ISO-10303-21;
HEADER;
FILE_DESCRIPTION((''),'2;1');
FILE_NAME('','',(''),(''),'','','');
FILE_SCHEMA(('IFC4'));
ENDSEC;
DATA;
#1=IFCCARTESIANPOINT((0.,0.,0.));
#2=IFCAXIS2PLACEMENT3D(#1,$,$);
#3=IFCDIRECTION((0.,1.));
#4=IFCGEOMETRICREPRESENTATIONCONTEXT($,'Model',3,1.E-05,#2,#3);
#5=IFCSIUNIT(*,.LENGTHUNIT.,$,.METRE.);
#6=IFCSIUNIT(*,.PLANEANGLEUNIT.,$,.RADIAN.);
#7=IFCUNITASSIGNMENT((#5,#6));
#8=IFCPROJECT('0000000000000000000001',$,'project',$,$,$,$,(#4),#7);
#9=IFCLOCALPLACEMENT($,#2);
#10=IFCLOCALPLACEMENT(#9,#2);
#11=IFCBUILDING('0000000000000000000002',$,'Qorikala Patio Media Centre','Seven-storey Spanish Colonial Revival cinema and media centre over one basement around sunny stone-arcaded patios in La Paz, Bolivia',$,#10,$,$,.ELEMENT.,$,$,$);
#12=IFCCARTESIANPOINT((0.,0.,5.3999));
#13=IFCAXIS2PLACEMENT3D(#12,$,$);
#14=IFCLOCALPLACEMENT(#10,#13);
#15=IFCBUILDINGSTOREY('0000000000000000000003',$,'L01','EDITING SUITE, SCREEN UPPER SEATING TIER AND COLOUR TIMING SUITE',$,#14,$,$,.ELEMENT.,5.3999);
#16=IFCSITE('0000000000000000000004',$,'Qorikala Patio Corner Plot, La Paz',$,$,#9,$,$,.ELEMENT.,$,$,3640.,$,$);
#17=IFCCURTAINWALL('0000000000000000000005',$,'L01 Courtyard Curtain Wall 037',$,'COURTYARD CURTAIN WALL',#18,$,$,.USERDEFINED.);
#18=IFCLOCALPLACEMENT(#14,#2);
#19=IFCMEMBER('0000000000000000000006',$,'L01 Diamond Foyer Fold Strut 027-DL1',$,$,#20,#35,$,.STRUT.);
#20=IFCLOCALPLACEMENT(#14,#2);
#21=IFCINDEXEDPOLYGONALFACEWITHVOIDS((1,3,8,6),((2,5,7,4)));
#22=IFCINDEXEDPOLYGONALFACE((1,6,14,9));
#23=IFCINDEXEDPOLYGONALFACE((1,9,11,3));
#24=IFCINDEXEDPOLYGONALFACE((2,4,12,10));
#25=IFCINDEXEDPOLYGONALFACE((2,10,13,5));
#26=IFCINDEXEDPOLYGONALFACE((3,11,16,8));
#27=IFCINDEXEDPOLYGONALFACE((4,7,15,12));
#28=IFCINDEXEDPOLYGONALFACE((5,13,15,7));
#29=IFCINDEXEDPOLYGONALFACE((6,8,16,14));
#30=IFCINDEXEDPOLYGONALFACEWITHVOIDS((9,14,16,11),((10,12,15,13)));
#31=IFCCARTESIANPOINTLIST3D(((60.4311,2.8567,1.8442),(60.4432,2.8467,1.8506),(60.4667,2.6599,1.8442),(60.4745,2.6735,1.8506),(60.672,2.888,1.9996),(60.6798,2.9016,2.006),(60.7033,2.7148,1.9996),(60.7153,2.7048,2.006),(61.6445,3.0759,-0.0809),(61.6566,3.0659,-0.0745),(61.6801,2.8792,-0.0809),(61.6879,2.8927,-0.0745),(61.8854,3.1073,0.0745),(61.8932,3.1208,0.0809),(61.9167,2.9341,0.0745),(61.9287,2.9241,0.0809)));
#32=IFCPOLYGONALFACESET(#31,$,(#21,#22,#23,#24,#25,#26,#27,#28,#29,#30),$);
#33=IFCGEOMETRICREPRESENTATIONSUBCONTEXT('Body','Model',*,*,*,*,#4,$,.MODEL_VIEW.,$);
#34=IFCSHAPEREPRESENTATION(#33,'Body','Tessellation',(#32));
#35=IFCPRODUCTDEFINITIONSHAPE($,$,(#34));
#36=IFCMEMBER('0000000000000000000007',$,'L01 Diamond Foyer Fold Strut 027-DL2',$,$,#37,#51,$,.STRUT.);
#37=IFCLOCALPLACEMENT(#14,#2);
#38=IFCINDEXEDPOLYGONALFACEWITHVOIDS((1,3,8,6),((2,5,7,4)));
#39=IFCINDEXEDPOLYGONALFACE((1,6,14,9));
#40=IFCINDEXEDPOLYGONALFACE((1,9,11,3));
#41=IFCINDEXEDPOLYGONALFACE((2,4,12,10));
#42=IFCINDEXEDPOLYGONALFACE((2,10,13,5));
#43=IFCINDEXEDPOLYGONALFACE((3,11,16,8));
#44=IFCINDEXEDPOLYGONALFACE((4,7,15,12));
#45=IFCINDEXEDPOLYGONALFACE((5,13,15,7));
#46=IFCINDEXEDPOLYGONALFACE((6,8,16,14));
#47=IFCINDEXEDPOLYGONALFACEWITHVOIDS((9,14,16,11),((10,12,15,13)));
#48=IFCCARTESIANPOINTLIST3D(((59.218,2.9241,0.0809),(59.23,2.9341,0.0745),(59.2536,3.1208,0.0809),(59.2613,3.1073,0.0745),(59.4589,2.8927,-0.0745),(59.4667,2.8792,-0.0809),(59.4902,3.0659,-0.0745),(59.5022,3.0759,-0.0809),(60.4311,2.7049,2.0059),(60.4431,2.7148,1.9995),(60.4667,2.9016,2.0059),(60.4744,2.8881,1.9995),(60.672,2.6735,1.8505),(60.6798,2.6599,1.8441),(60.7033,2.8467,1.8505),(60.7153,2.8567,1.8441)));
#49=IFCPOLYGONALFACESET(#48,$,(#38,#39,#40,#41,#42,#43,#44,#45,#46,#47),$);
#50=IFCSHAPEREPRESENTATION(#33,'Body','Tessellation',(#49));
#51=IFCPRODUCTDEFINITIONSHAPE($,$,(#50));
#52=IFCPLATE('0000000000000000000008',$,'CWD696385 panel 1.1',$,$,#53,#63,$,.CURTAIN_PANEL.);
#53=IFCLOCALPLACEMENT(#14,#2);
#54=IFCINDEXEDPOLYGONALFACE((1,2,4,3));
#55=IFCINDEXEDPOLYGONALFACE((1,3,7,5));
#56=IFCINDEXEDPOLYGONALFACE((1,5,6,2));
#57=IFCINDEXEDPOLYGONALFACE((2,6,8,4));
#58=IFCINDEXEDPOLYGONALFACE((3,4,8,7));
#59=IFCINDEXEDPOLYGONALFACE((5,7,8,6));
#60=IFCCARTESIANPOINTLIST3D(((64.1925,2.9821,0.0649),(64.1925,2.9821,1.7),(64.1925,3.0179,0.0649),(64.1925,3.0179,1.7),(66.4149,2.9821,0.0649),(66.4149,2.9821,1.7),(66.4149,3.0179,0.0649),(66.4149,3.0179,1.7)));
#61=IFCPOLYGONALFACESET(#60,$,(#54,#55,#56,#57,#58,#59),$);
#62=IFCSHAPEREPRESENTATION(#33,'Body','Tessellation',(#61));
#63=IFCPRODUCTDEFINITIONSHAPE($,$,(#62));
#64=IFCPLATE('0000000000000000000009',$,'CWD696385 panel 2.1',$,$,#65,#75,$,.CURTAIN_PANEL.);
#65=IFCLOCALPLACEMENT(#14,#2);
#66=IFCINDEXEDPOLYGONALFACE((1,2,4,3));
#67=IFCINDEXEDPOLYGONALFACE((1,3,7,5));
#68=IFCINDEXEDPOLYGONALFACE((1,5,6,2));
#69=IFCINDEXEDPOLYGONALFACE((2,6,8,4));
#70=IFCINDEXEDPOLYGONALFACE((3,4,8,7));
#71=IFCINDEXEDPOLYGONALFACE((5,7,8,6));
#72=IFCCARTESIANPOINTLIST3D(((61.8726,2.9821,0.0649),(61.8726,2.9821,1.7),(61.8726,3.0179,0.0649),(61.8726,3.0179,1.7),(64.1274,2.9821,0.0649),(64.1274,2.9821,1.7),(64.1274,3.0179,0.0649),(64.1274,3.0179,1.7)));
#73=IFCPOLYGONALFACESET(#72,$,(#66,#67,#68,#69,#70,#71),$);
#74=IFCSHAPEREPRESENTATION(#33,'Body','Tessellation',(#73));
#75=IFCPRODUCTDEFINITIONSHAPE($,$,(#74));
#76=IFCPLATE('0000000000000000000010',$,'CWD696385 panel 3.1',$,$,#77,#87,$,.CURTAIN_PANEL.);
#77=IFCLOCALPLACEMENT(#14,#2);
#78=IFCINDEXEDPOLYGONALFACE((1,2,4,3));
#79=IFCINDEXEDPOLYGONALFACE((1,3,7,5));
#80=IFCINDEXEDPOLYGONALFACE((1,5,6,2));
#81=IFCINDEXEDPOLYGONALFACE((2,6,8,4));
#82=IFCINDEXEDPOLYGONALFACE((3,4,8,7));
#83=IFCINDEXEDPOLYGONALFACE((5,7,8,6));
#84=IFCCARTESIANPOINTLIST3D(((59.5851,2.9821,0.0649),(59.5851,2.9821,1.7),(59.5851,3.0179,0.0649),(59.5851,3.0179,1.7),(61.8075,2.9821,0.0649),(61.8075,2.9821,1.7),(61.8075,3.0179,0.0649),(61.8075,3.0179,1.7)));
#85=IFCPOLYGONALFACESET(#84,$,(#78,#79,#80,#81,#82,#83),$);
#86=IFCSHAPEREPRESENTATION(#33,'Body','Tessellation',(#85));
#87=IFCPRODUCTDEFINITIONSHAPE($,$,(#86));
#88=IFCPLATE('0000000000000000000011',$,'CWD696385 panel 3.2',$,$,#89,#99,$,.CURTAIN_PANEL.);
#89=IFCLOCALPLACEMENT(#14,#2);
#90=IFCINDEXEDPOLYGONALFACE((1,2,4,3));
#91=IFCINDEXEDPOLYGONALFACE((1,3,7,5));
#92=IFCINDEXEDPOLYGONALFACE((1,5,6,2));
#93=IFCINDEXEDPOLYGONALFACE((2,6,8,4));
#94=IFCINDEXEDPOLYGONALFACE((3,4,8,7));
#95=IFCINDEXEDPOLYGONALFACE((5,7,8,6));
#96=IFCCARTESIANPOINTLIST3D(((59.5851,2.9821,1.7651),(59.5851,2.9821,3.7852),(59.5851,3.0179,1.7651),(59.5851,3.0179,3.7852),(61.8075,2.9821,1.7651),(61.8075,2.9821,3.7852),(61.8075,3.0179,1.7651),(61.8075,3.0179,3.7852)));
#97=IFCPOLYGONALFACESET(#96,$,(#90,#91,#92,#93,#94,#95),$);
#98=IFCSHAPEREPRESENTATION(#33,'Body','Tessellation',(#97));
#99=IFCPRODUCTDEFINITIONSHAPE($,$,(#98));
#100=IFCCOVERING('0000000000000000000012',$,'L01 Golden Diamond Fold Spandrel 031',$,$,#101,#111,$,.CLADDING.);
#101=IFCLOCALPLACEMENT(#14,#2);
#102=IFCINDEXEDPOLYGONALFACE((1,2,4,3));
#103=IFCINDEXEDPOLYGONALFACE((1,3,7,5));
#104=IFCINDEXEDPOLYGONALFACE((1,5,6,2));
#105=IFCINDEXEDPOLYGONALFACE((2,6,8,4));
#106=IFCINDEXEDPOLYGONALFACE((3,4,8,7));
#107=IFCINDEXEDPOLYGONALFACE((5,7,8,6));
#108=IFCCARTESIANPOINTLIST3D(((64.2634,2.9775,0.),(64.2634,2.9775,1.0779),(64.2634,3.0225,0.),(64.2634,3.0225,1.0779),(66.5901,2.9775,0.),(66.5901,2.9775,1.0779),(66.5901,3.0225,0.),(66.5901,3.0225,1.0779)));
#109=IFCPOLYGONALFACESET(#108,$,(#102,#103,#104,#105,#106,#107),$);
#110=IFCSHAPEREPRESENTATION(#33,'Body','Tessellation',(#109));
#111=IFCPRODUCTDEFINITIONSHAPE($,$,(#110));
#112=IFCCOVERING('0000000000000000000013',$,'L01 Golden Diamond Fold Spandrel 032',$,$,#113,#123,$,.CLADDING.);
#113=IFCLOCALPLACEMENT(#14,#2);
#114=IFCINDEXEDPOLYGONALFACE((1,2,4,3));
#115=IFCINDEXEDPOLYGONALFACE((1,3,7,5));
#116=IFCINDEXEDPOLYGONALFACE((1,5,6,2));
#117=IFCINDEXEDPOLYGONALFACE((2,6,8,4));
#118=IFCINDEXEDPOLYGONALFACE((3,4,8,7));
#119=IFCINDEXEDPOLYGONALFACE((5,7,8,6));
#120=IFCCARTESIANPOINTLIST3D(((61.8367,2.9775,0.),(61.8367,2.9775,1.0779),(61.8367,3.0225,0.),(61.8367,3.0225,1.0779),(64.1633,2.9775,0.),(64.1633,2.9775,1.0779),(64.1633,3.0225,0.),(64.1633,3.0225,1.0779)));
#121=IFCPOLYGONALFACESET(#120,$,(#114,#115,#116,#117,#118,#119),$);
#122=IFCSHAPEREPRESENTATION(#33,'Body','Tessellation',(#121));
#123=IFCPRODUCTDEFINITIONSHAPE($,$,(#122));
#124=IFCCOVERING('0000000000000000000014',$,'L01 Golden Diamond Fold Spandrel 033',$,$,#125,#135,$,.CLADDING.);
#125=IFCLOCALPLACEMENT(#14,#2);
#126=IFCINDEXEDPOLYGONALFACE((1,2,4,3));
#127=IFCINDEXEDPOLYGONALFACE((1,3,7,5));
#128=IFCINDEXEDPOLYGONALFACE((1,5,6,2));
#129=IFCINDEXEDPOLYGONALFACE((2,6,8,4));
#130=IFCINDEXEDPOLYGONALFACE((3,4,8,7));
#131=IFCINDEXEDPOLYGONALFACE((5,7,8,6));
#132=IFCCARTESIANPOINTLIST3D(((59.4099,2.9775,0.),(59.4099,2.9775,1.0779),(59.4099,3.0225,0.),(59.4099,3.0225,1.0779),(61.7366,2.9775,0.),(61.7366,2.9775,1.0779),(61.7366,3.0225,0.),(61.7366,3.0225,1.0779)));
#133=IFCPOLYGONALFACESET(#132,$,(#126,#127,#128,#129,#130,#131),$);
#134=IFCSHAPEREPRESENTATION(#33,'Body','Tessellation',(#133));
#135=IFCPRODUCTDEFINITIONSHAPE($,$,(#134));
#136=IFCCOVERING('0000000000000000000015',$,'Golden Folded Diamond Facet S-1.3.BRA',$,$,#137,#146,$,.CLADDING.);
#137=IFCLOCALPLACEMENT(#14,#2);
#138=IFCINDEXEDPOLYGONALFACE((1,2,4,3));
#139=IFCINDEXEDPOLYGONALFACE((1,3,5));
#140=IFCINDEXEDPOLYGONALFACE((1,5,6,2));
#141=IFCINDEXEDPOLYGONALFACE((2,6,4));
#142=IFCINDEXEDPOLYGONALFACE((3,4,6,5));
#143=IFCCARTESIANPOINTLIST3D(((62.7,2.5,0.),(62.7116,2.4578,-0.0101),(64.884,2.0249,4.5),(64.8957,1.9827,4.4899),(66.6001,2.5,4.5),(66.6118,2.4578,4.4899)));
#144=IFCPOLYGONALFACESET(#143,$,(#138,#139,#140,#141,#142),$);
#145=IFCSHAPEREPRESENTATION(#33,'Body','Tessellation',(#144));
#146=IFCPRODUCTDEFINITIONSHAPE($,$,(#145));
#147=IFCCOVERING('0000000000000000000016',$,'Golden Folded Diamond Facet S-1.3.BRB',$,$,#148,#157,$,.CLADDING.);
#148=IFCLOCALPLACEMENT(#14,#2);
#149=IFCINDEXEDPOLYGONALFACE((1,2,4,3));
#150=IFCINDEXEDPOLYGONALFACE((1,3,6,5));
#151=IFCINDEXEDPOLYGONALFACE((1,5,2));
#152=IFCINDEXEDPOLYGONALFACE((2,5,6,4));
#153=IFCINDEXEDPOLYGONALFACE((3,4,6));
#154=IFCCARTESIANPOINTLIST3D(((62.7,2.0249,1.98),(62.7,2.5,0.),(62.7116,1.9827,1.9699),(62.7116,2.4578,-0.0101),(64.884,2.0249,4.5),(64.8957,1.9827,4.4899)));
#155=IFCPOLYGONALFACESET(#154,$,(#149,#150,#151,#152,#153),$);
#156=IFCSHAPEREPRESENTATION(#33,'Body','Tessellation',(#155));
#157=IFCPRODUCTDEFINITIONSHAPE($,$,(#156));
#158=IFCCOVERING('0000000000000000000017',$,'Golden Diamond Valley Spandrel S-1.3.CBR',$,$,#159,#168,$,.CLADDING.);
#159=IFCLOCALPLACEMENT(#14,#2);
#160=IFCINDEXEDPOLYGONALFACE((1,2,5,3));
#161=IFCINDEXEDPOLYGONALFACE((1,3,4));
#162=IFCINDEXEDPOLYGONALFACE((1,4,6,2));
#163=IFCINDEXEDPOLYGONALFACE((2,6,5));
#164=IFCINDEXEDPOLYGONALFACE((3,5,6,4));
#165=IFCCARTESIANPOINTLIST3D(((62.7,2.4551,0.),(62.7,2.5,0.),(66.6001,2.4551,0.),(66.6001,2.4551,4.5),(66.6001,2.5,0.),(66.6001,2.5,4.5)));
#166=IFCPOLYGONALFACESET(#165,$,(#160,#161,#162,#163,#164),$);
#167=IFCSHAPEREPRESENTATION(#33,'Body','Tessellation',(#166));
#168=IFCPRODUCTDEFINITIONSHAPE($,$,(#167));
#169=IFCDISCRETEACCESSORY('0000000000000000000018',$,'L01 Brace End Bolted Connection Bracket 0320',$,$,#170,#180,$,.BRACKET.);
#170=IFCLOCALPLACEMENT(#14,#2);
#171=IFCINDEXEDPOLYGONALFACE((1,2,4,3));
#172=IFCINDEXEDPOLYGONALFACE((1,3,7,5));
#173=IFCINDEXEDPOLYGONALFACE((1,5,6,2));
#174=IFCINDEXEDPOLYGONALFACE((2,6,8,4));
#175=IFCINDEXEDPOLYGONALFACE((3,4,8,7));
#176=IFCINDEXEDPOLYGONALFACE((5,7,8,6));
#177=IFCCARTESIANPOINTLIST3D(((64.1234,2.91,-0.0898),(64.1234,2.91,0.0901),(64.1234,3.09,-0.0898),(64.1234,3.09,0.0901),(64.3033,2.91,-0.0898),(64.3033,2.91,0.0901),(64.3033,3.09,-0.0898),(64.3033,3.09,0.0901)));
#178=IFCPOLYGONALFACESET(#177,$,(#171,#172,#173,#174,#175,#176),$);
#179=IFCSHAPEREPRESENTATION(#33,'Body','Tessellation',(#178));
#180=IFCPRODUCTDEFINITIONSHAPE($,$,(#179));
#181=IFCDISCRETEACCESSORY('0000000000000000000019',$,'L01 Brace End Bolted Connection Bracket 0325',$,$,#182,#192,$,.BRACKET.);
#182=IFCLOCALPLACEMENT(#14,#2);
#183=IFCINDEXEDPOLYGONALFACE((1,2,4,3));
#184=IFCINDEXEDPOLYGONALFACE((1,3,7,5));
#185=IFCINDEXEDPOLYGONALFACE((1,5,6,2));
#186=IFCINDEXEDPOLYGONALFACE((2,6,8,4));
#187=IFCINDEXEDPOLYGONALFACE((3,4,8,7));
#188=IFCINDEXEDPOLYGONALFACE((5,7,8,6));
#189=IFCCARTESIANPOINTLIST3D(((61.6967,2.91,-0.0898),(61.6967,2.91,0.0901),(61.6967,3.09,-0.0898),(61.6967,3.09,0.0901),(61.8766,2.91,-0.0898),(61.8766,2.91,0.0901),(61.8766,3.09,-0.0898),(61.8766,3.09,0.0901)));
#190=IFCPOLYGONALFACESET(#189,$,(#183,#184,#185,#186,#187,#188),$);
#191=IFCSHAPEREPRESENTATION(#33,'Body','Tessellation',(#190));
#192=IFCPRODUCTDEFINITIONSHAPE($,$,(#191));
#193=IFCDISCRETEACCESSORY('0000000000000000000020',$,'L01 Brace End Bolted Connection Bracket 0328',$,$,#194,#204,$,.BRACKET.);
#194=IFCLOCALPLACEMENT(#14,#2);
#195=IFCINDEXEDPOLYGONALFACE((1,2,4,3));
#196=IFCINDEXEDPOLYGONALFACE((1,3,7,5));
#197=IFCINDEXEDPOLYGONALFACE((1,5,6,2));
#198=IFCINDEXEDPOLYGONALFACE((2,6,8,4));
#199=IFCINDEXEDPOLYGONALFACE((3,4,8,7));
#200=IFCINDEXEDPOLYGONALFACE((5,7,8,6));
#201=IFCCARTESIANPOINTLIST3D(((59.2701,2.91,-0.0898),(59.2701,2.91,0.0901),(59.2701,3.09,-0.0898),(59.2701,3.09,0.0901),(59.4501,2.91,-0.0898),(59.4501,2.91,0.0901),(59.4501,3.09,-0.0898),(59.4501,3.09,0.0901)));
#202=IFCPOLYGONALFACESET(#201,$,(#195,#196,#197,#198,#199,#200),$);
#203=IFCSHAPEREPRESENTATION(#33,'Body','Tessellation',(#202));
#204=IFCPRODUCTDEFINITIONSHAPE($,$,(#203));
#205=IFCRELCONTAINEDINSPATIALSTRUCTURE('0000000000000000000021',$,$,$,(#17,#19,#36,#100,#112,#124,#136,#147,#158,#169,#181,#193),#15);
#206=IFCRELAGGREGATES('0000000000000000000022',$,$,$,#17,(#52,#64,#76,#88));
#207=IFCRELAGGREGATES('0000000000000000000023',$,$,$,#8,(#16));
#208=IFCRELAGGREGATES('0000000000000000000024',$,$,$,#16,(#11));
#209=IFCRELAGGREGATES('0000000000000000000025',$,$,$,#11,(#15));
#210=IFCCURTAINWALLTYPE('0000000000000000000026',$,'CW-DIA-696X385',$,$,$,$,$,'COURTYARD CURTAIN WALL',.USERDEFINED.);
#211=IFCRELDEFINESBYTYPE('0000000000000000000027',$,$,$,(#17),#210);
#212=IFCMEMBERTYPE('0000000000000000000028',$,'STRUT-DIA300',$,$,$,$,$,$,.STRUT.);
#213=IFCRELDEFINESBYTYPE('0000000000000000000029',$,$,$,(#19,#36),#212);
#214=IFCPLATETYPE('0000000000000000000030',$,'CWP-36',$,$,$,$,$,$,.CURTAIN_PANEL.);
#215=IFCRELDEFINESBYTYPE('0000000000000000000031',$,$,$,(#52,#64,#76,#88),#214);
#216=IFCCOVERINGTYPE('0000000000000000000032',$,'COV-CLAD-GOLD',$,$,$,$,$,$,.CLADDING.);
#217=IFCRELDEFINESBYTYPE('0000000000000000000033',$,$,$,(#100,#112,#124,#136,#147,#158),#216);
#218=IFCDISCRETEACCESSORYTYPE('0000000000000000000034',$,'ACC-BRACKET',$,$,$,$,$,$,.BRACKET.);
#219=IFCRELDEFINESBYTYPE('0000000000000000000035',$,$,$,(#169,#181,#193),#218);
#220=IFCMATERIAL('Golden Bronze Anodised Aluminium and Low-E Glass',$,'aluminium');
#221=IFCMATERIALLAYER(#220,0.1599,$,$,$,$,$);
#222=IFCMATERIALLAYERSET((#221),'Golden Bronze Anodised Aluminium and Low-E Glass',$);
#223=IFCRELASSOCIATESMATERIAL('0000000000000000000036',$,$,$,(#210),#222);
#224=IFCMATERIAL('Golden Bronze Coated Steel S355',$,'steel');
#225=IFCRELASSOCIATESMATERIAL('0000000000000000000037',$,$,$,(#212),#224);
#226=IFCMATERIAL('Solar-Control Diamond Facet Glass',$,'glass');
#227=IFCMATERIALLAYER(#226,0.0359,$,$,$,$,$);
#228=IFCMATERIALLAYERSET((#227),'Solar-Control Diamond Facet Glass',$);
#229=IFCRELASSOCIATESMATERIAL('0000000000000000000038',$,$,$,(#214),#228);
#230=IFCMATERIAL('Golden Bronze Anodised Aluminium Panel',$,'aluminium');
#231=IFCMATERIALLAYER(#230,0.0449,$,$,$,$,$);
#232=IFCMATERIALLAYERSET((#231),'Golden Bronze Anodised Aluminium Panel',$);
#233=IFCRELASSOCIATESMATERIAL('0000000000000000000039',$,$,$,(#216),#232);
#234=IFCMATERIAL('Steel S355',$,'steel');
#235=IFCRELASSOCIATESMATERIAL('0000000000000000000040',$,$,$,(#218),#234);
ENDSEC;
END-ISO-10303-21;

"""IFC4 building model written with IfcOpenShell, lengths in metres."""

from ifc_helpers import new_model, si_unit, direction, frame, origin, origin_2d, place, context, subcontext, project, spatial, polyline, rectangle, hollow_rectangle, outline, extrude, material, layer, layer_set, material_profile, profile_set, type_object, element, aggregate, save


model = new_model("IFC4")

# Units and contexts
model_context = context("Model", 3, precision=1e-05, world=origin(), true_north=direction((0.0, 1.0)))
body_context = subcontext(model_context, "Body", "Model", "MODEL_VIEW")
ifc_project = project(units=[si_unit("LENGTHUNIT", "METRE"), si_unit("PLANEANGLEUNIT", "RADIAN")], contexts=[model_context])

# Site, building, storey
site_placement = place(None, origin())
site = spatial("IfcSite", under=ifc_project, at=site_placement, Name="Qorikala Patio Corner Plot, La Paz", CompositionType="ELEMENT", RefElevation=3640.0)
building_placement = place(site_placement, origin())
building = spatial("IfcBuilding", under=site, at=building_placement, Name="Qorikala Patio Media Centre", Description="Seven-storey Spanish Colonial Revival cinema and media centre over one basement around sunny stone-arcaded patios in La Paz, Bolivia", CompositionType="ELEMENT")
storey_placement = place(building_placement, frame((0.0, 0.0, 5.3999)))
storey = spatial("IfcBuildingStorey", under=building, at=storey_placement, Name="L01", Description="EDITING SUITE, SCREEN UPPER SEATING TIER AND COLOUR TIMING SUITE", CompositionType="ELEMENT", Elevation=5.3999)

# Curtain wall
ifc_material_1 = material(Name="Golden Bronze Anodised Aluminium and Low-E Glass", Category="aluminium")
ifc_layer_1 = layer(ifc_material_1, 0.1599)
ifc_layer_set_1 = layer_set([ifc_layer_1], Name="Golden Bronze Anodised Aluminium and Low-E Glass")
curtain_wall_type = type_object("IfcCurtainWallType", Name="CW-DIA-696X385", ElementType="COURTYARD CURTAIN WALL", PredefinedType="USERDEFINED", material=ifc_layer_set_1)
curtain_wall_placement = place(storey_placement, origin())
curtain_wall = element("IfcCurtainWall", 1, at=curtain_wall_placement, inside=storey, type_object=curtain_wall_type, Name="L01 Courtyard Curtain Wall 037", ObjectType="COURTYARD CURTAIN WALL", PredefinedType="USERDEFINED")

# Members
ifc_material_2 = material(Name="Golden Bronze Coated Steel S355", Category="steel")
ifc_material_profile_1 = material_profile(ifc_material_2, hollow_rectangle(XDim=0.2, YDim=0.3, WallThickness=0.012, at=origin_2d()), Name="HSS300X200X12")
ifc_profile_set_1 = profile_set([ifc_material_profile_1], Name="Golden Bronze Coated Steel S355")
member_type_1 = type_object("IfcMemberType", Name="STRUT-DIA300", PredefinedType="STRUT", material=ifc_profile_set_1)
for number, where, z_axis, x_axis, name in (
    (2, (61.7866, 3.0, 0.0), (-0.530768, -0.095901, 0.842074), (0.177805, -0.984066, 0.0), "L01 Diamond Foyer Fold Strut 027-DL1"),
):
    element("IfcMember", number, at=place(storey_placement, frame(where, z_axis=z_axis, x_axis=x_axis)), inside=storey, type_object=member_type_1, Name=name, PredefinedType="STRUT", context=body_context, shape_type="SweptSolid", body=[
        extrude(hollow_rectangle(XDim=0.2, YDim=0.3, WallThickness=0.012, at=origin_2d()), origin(), (0.0, 0.0, 1.0), 2.2861),
    ])
member_1_placement = place(storey_placement, frame((59.3601, 3.0, 0.0), z_axis=(0.530691, -0.095907, 0.842121), x_axis=(0.17784, 0.984059, 0.0)))
element("IfcMember", 3, at=member_1_placement, inside=storey, type_object=member_type_1, Name="L01 Diamond Foyer Fold Strut 027-DL2", PredefinedType="STRUT", context=body_context, shape_type="SweptSolid", body=[
    extrude(hollow_rectangle(XDim=0.2, YDim=0.3, WallThickness=0.012, at=origin_2d()), origin(), (0.0, 0.0, 1.0), 2.2859),
])

# Plates
ifc_material_3 = material(Name="Solar-Control Diamond Facet Glass", Category="glass")
ifc_layer_2 = layer(ifc_material_3, 0.0359)
ifc_layer_set_2 = layer_set([ifc_layer_2], Name="Solar-Control Diamond Facet Glass")
plate_type = type_object("IfcPlateType", Name="CWP-36", PredefinedType="CURTAIN_PANEL", material=ifc_layer_set_2)
plate_1_placement = place(storey_placement, frame((65.3037, 3.0, 0.0649), z_axis=(0.0, 0.0, 1.0), x_axis=(-1.0, 0.0, 0.0)))
plate_1 = element("IfcPlate", 4, at=plate_1_placement, type_object=plate_type, Name="CWD696385 panel 1.1", PredefinedType="CURTAIN_PANEL", context=body_context, shape_type="SweptSolid", body=[
    extrude(rectangle(XDim=2.2224, YDim=0.0359, at=origin_2d()), origin(), (0.0, 0.0, 1.0), 1.635),
])
plate_2_placement = place(storey_placement, frame((63.0, 3.0, 0.0649), z_axis=(0.0, 0.0, 1.0), x_axis=(-1.0, 0.0, 0.0)))
plate_2 = element("IfcPlate", 5, at=plate_2_placement, type_object=plate_type, Name="CWD696385 panel 2.1", PredefinedType="CURTAIN_PANEL", context=body_context, shape_type="SweptSolid", body=[
    extrude(rectangle(XDim=2.2549, YDim=0.0359, at=origin_2d()), origin(), (0.0, 0.0, 1.0), 1.635),
])
plate_3_placement = place(storey_placement, frame((60.6963, 3.0, 0.0649), z_axis=(0.0, 0.0, 1.0), x_axis=(-1.0, 0.0, 0.0)))
plate_3 = element("IfcPlate", 6, at=plate_3_placement, type_object=plate_type, Name="CWD696385 panel 3.1", PredefinedType="CURTAIN_PANEL", context=body_context, shape_type="SweptSolid", body=[
    extrude(rectangle(XDim=2.2224, YDim=0.0359, at=origin_2d()), origin(), (0.0, 0.0, 1.0), 1.635),
])
plate_4_placement = place(storey_placement, frame((60.6963, 3.0, 1.7651), z_axis=(0.0, 0.0, 1.0), x_axis=(-1.0, 0.0, 0.0)))
plate_4 = element("IfcPlate", 7, at=plate_4_placement, type_object=plate_type, Name="CWD696385 panel 3.2", PredefinedType="CURTAIN_PANEL", context=body_context, shape_type="SweptSolid", body=[
    extrude(rectangle(XDim=2.2224, YDim=0.0359, at=origin_2d()), origin(), (0.0, 0.0, 1.0), 2.02),
])
aggregate(curtain_wall, [plate_1, plate_2, plate_3, plate_4])

# Coverings
ifc_material_4 = material(Name="Golden Bronze Anodised Aluminium Panel", Category="aluminium")
ifc_layer_3 = layer(ifc_material_4, 0.0449)
ifc_layer_set_3 = layer_set([ifc_layer_3], Name="Golden Bronze Anodised Aluminium Panel")
covering_type = type_object("IfcCoveringType", Name="COV-CLAD-GOLD", PredefinedType="CLADDING", material=ifc_layer_set_3)
for number, where, z_axis, x_axis, name in (
    (8, (65.4268, 3.0, 0.0), (0.0, 0.0, 1.0), (-1.0, 0.0, 0.0), "L01 Golden Diamond Fold Spandrel 031"),
    (9, (63.0, 3.0, 0.0), (0.0, 0.0, 1.0), (-1.0, 0.0, 0.0), "L01 Golden Diamond Fold Spandrel 032"),
    (10, (60.5732, 3.0, 0.0), (0.0, 0.0, 1.0), (-1.0, 0.0, 0.0), "L01 Golden Diamond Fold Spandrel 033"),
):
    element("IfcCovering", number, at=place(storey_placement, frame(where, z_axis=z_axis, x_axis=x_axis)), inside=storey, type_object=covering_type, Name=name, PredefinedType="CLADDING", context=body_context, shape_type="SweptSolid", body=[
        extrude(rectangle(XDim=2.3267, YDim=0.0449, at=origin_2d()), origin(), (0.0, 0.0, 1.0), 1.0779),
    ])
covering_1_placement = place(storey_placement, frame((62.7, 2.5, 0.0), z_axis=(-0.259956, 0.938968, 0.225304), x_axis=(0.654945, 0.0, 0.755677)))
element("IfcCovering", 11, at=covering_1_placement, inside=storey, type_object=covering_type, Name="Golden Folded Diamond Facet S-1.3.BRA", PredefinedType="CLADDING", context=body_context, shape_type="SweptSolid", body=[
    extrude(outline(polyline([(0.0, 0.0), (5.9549, 0.0), (4.831, -1.3811), (0.0, 0.0)])), origin(), (0.0, 0.0, -1.0), 0.0449),
])
covering_2_placement = place(storey_placement, frame((62.7, 2.5, 0.0), z_axis=(-0.25996, 0.938966, 0.225306), x_axis=(0.434684, -0.094556, 0.895606)))
element("IfcCovering", 12, at=covering_2_placement, inside=storey, type_object=covering_type, Name="Golden Folded Diamond Facet S-1.3.BRB", PredefinedType="CLADDING", context=body_context, shape_type="SweptSolid", body=[
    extrude(outline(polyline([(0.0, 0.0), (5.0245, 0.0), (1.8182, -0.9166), (0.0, 0.0)])), origin(), (0.0, 0.0, -1.0), 0.0449),
])
covering_3_placement = place(storey_placement, frame((66.6001, 2.5, 0.0), z_axis=(0.0, 1.0, 0.0), x_axis=(-1.0, 0.0, 0.0)))
element("IfcCovering", 13, at=covering_3_placement, inside=storey, type_object=covering_type, Name="Golden Diamond Valley Spandrel S-1.3.CBR", PredefinedType="CLADDING", context=body_context, shape_type="SweptSolid", body=[
    extrude(outline(polyline([(0.0, 0.0), (3.9001, 0.0), (0.0, 4.5), (0.0, 0.0)])), origin(), (0.0, 0.0, -1.0), 0.0449),
])

# Discrete accessories
ifc_material_5 = material(Name="Steel S355", Category="steel")
discrete_accessory_type = type_object("IfcDiscreteAccessoryType", Name="ACC-BRACKET", PredefinedType="BRACKET", material=ifc_material_5)
for number, where, z_axis, x_axis, name in (
    (14, (64.2134, 3.0, -0.0898), (0.0, 0.0, 1.0), (1.0, 0.0, 0.0), "L01 Brace End Bolted Connection Bracket 0320"),
    (15, (61.7866, 3.0, -0.0898), (0.0, 0.0, 1.0), (1.0, 0.0, 0.0), "L01 Brace End Bolted Connection Bracket 0325"),
    (16, (59.3601, 3.0, -0.0898), (0.0, 0.0, 1.0), (1.0, 0.0, 0.0), "L01 Brace End Bolted Connection Bracket 0328"),
):
    element("IfcDiscreteAccessory", number, at=place(storey_placement, frame(where, z_axis=z_axis, x_axis=x_axis)), inside=storey, type_object=discrete_accessory_type, Name=name, PredefinedType="BRACKET", context=body_context, shape_type="SweptSolid", body=[
        extrude(rectangle(XDim=0.1799, YDim=0.1799, at=origin_2d()), origin(), (0.0, 0.0, 1.0), 0.1799),
    ])

save(model, "model.ifc")
